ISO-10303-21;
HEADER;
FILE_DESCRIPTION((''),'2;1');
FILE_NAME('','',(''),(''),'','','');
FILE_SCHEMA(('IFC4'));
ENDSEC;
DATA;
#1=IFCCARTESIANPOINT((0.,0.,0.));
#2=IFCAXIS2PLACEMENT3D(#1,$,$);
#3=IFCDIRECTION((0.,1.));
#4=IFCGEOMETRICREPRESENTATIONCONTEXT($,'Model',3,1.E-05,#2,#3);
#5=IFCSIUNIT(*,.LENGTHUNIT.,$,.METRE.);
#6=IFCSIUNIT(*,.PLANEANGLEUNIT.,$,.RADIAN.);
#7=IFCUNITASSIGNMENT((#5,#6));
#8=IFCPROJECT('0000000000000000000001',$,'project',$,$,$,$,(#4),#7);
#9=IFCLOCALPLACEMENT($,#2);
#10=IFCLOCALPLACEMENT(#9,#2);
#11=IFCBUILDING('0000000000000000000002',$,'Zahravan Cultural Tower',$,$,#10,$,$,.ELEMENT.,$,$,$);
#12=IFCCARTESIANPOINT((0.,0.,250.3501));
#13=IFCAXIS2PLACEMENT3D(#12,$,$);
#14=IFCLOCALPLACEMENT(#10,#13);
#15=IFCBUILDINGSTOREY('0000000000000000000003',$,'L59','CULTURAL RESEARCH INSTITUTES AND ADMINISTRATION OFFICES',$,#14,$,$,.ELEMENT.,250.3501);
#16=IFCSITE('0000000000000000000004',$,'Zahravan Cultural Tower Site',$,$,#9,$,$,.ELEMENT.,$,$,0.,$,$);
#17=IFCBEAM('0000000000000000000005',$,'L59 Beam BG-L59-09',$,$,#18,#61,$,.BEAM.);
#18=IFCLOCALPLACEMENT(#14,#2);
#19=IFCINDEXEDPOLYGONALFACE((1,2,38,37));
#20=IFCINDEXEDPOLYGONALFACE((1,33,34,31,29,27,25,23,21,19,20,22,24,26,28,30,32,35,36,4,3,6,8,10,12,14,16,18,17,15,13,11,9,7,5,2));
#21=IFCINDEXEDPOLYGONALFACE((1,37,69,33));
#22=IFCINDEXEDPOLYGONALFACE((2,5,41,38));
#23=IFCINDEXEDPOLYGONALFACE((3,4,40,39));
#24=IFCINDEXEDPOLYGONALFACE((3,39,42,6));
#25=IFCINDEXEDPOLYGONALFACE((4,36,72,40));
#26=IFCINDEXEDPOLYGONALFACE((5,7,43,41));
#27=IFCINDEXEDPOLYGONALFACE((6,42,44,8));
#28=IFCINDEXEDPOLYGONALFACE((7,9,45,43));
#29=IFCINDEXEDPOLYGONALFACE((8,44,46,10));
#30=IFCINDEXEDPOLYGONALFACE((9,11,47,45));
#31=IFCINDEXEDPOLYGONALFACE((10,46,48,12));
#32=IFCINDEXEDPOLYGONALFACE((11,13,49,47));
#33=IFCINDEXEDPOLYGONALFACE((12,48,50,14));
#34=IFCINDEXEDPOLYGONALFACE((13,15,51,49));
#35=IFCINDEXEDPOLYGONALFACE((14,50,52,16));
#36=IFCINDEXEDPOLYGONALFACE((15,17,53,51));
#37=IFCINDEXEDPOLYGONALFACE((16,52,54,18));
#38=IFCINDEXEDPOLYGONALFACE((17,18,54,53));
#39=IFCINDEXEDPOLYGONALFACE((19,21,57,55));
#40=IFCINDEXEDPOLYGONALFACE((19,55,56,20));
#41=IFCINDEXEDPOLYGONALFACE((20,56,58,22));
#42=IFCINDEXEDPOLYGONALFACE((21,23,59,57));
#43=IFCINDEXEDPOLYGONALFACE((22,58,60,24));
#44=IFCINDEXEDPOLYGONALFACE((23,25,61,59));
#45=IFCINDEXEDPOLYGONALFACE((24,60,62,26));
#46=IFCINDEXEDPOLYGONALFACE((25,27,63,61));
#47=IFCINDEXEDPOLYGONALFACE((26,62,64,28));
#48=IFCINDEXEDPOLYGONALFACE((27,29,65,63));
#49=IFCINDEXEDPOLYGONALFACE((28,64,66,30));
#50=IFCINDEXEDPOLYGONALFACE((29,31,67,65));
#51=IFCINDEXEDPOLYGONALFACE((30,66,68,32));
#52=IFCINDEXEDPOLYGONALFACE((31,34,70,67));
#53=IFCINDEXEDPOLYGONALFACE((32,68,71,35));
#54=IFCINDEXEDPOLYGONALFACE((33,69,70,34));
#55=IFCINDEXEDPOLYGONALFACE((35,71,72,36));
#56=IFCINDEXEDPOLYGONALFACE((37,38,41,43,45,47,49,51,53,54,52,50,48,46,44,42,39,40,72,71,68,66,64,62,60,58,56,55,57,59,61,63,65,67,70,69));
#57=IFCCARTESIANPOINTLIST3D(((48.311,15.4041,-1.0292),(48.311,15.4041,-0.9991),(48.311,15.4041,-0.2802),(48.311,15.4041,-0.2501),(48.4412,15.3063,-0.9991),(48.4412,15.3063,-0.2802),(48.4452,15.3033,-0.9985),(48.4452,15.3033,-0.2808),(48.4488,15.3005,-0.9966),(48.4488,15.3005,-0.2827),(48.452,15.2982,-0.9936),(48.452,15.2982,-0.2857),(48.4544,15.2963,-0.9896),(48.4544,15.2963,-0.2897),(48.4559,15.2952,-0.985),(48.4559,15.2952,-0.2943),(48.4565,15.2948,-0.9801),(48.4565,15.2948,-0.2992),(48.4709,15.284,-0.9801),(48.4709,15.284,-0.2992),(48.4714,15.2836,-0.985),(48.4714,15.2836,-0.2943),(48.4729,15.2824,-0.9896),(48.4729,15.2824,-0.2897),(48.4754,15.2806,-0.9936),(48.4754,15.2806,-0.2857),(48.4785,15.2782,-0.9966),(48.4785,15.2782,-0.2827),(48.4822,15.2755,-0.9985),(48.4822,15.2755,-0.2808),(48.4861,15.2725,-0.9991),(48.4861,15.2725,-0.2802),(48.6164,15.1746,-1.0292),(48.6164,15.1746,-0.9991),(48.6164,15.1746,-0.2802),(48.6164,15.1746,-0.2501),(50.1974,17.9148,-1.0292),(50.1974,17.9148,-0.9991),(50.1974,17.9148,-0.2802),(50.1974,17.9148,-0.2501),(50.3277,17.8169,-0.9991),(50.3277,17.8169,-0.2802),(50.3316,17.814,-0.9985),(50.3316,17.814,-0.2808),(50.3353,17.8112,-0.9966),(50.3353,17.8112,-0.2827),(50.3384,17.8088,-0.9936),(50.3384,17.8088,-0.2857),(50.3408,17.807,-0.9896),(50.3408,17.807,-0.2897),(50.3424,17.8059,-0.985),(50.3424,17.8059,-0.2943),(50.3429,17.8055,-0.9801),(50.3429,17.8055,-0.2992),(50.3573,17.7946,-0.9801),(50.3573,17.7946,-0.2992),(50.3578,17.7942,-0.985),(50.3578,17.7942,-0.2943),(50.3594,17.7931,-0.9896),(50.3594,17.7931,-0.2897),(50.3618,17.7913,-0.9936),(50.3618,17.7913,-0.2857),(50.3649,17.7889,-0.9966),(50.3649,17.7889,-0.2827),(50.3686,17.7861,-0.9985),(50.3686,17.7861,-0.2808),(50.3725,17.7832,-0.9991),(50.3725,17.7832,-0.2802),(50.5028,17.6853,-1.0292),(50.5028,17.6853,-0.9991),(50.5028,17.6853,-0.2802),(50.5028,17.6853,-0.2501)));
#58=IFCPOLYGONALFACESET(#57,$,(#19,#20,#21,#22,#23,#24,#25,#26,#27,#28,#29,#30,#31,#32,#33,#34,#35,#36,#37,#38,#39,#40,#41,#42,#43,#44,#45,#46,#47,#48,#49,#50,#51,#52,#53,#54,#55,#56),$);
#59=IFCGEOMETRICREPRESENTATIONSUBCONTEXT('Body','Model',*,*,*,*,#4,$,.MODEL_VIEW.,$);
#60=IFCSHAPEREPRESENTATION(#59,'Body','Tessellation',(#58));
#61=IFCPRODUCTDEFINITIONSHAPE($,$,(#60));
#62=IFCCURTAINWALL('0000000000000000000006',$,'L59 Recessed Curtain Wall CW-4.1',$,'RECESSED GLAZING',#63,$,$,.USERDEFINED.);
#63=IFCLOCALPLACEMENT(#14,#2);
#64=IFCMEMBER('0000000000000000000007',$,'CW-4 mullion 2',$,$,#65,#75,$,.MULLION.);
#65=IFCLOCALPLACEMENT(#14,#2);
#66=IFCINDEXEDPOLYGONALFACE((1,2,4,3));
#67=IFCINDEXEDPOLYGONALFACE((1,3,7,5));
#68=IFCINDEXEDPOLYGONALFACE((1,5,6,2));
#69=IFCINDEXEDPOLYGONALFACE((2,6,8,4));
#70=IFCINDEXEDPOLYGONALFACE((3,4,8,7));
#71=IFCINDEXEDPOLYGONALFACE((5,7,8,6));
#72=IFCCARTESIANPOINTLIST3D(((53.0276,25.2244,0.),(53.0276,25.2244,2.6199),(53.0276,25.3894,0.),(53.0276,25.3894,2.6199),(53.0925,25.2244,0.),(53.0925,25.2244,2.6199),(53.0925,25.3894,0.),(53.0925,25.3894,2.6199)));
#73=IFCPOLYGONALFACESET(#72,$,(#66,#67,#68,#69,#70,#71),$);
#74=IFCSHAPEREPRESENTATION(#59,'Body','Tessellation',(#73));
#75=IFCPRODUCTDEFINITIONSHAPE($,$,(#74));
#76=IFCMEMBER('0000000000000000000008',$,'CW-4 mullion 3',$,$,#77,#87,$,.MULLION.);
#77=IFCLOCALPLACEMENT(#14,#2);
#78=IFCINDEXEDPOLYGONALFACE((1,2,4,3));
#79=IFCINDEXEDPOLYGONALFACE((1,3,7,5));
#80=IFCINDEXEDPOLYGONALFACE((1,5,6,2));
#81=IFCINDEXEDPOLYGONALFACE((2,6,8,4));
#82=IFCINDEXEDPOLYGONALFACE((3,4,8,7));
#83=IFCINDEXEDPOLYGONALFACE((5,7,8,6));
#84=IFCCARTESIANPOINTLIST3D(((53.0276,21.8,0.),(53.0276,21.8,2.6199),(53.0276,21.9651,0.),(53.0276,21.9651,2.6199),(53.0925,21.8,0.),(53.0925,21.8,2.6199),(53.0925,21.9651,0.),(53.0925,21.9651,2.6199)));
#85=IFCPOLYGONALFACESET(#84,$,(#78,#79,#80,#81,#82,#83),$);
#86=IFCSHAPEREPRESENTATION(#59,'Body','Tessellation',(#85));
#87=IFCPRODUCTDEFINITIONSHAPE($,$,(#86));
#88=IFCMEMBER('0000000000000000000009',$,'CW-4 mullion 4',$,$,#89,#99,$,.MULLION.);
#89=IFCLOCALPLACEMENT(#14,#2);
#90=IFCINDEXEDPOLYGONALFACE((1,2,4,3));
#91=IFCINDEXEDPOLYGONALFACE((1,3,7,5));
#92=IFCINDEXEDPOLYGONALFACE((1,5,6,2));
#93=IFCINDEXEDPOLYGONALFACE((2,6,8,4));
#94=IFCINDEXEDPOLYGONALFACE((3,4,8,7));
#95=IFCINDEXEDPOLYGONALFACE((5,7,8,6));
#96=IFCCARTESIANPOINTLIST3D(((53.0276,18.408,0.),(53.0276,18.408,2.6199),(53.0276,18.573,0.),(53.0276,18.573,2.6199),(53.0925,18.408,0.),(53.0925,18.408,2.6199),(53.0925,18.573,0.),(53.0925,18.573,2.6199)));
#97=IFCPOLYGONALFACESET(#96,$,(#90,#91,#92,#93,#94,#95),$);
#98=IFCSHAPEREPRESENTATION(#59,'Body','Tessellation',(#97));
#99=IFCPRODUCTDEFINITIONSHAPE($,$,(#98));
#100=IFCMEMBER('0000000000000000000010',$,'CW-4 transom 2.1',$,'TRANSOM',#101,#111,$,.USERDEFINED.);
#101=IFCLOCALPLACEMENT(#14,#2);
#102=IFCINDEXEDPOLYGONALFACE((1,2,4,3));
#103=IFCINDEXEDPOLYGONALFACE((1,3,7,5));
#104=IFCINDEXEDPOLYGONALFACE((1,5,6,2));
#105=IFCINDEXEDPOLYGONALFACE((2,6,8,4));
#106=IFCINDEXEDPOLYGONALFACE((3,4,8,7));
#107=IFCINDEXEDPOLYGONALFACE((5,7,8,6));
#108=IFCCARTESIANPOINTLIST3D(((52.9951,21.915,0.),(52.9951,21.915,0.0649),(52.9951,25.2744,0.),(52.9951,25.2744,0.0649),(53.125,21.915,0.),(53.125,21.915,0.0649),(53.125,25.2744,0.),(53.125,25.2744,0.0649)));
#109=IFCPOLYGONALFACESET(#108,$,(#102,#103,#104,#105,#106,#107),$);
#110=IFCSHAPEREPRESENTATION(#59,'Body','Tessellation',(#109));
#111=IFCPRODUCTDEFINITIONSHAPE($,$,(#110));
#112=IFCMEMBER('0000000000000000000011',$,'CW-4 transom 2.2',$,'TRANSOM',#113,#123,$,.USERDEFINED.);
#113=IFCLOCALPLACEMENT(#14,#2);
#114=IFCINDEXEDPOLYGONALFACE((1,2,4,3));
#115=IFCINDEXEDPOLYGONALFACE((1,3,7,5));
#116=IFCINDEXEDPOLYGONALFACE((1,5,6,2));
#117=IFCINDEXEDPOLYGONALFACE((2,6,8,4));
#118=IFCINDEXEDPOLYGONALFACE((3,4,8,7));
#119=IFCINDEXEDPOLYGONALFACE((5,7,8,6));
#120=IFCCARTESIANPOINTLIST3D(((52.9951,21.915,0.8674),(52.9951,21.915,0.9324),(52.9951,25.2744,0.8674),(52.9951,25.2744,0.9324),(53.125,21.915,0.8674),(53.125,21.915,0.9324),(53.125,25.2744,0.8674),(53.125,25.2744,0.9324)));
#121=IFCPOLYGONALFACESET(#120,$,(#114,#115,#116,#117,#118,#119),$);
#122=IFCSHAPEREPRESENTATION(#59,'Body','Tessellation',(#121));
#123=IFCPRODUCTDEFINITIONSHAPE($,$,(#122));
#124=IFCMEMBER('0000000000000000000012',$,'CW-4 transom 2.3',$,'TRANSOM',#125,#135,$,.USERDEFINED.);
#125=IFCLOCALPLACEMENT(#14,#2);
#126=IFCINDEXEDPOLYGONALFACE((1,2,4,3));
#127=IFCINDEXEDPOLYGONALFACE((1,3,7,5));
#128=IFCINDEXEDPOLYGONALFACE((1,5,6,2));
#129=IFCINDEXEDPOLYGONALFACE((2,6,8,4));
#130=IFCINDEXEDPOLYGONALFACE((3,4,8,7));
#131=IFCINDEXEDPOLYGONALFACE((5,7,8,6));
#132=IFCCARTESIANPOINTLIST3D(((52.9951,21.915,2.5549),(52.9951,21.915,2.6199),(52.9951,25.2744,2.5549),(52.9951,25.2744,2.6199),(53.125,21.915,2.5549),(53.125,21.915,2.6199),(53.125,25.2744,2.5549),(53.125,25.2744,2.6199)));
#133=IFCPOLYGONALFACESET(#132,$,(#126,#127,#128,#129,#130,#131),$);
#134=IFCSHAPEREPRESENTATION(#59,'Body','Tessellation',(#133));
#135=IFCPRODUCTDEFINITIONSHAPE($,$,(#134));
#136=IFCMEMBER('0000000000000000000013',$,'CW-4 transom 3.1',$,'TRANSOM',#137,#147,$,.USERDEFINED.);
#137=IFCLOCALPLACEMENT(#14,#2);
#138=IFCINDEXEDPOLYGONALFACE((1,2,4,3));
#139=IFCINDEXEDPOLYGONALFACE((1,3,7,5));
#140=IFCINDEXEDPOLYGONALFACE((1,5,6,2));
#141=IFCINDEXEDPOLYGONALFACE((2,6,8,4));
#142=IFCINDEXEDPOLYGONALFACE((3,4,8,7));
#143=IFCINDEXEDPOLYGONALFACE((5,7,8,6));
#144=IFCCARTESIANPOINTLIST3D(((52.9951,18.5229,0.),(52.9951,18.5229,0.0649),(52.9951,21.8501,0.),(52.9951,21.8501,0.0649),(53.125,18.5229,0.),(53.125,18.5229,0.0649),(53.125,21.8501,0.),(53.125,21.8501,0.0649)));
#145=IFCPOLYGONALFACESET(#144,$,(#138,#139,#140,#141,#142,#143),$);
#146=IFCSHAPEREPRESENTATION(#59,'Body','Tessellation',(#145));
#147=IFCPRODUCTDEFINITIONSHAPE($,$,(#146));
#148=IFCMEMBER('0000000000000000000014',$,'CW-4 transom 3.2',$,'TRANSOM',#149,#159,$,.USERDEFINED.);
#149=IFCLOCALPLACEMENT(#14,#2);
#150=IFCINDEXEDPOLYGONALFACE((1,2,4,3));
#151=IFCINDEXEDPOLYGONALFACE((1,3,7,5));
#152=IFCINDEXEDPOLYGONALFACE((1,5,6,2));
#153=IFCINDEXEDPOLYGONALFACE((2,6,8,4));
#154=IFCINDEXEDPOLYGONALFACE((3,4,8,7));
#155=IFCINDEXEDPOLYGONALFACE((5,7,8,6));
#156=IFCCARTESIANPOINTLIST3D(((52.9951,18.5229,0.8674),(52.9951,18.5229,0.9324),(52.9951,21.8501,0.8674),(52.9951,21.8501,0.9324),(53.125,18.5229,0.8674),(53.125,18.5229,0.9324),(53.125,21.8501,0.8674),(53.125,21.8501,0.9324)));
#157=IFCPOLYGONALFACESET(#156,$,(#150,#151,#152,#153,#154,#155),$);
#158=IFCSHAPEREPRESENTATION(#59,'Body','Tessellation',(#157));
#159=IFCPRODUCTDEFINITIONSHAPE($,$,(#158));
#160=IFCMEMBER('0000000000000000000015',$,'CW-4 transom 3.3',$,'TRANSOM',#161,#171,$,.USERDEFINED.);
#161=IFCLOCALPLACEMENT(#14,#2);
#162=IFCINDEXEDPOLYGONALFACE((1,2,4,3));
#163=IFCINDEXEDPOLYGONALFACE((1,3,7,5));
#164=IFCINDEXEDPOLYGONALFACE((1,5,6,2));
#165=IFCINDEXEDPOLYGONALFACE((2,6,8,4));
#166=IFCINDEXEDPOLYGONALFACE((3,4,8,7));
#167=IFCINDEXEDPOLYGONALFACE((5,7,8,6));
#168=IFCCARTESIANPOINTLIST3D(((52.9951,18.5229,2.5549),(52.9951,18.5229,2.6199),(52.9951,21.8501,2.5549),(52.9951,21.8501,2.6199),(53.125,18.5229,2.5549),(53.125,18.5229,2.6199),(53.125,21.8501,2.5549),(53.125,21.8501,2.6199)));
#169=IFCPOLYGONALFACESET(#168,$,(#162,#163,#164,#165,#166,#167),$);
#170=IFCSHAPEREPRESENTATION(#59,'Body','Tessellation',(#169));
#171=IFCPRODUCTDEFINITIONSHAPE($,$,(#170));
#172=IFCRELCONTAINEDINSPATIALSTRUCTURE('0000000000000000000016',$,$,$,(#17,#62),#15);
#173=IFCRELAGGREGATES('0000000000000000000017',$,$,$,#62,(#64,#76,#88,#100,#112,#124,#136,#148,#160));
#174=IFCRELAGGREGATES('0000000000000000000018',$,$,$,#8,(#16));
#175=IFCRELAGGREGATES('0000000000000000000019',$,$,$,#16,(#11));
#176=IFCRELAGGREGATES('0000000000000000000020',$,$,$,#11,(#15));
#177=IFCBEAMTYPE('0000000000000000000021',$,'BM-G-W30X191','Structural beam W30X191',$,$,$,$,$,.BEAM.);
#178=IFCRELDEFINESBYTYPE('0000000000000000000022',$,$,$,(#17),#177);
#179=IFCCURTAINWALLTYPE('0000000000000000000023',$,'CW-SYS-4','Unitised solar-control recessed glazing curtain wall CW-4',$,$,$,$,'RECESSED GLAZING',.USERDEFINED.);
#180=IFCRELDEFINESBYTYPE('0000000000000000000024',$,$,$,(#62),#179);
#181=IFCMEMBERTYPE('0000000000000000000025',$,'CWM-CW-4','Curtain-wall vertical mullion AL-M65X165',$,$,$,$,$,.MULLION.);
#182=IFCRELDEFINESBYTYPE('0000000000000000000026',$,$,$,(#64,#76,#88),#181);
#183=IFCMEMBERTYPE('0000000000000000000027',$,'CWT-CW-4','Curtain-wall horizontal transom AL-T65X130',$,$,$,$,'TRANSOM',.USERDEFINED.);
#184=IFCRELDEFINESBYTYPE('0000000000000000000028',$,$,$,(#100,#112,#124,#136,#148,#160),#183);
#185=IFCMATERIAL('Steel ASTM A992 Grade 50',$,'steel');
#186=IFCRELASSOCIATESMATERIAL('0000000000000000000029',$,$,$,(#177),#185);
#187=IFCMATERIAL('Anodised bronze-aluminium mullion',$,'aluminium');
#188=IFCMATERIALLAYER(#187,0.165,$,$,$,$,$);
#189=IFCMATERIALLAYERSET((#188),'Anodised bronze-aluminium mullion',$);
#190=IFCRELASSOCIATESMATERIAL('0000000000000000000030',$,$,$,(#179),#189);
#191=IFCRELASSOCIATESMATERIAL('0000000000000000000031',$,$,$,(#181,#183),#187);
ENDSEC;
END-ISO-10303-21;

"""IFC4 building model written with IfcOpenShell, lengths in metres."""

from ifc_helpers import new_model, si_unit, direction, frame, origin, origin_2d, place, context, subcontext, project, spatial, rectangle, i_section, extrude, source, transform, mapped, material, layer, layer_set, material_profile, profile_set, type_object, element, aggregate, save


model = new_model("IFC4")

# Units and contexts
model_context = context("Model", 3, precision=1e-05, world=origin(), true_north=direction((0.0, 1.0)))
body_context = subcontext(model_context, "Body", "Model", "MODEL_VIEW")
ifc_project = project(units=[si_unit("LENGTHUNIT", "METRE"), si_unit("PLANEANGLEUNIT", "RADIAN")], contexts=[model_context])

# Site, building, storey
site_placement = place(None, origin())
site = spatial("IfcSite", under=ifc_project, at=site_placement, Name="Zahravan Cultural Tower Site", CompositionType="ELEMENT", RefElevation=0.0)
building_placement = place(site_placement, origin())
building = spatial("IfcBuilding", under=site, at=building_placement, Name="Zahravan Cultural Tower", CompositionType="ELEMENT")
storey_placement = place(building_placement, frame((0.0, 0.0, 250.3501)))
storey = spatial("IfcBuildingStorey", under=building, at=storey_placement, Name="L59", Description="CULTURAL RESEARCH INSTITUTES AND ADMINISTRATION OFFICES", CompositionType="ELEMENT", Elevation=250.3501)

# Beam
ifc_material_1 = material(Name="Steel ASTM A992 Grade 50", Category="steel")
ifc_material_profile_1 = material_profile(ifc_material_1, i_section(OverallWidth=0.3821, OverallDepth=0.7791, WebThickness=0.0181, FlangeThickness=0.03, FilletRadius=0.019, at=origin_2d()), Name="W30X191")
ifc_profile_set_1 = profile_set([ifc_material_profile_1], Name="Steel ASTM A992 Grade 50")
beam_type = type_object("IfcBeamType", Name="BM-G-W30X191", Description="Structural beam W30X191", PredefinedType="BEAM", material=ifc_profile_set_1)
shared_shape_1 = source(origin(), body_context, "Body", "SweptSolid", [
    extrude(i_section(OverallWidth=0.3821, OverallDepth=0.7791, WebThickness=0.0181, FlangeThickness=0.03, FilletRadius=0.019, at=origin_2d()), origin(), (0.0, 0.0, 1.0), 3.1404),
])
beam_placement = place(storey_placement, frame((50.3501, 17.8, -0.6396), z_axis=(-0.600696, -0.799477, 0.0), x_axis=(0.799477, -0.600696, 0.0)))
element("IfcBeam", 1, at=beam_placement, inside=storey, type_object=beam_type, Name="L59 Beam BG-L59-09", PredefinedType="BEAM", context=body_context, shape_type="MappedRepresentation", body=[
    mapped(shared_shape_1, transform((0.0, 0.0, 0.0), x_axis=(1.0, 0.0, 0.0), y_axis=(0.0, 1.0, 0.0), z_axis=(0.0, 0.0, 1.0), scale=1.0)),
])

# Curtain wall, members
ifc_material_2 = material(Name="Anodised bronze-aluminium mullion", Category="aluminium")
ifc_layer_1 = layer(ifc_material_2, 0.165)
ifc_layer_set_1 = layer_set([ifc_layer_1], Name="Anodised bronze-aluminium mullion")
curtain_wall_type = type_object("IfcCurtainWallType", Name="CW-SYS-4", Description="Unitised solar-control recessed glazing curtain wall CW-4", ElementType="RECESSED GLAZING", PredefinedType="USERDEFINED", material=ifc_layer_set_1)
curtain_wall_placement = place(storey_placement, origin())
curtain_wall = element("IfcCurtainWall", 2, at=curtain_wall_placement, inside=storey, type_object=curtain_wall_type, Name="L59 Recessed Curtain Wall CW-4.1", ObjectType="RECESSED GLAZING", PredefinedType="USERDEFINED")
ifc_material_profile_2 = material_profile(ifc_material_2, rectangle(XDim=0.0649, YDim=0.165, at=origin_2d()), Name="AL-M65X165")
ifc_profile_set_2 = profile_set([ifc_material_profile_2], Name="Anodised bronze-aluminium mullion")
member_type_1 = type_object("IfcMemberType", Name="CWM-CW-4", Description="Curtain-wall vertical mullion AL-M65X165", PredefinedType="MULLION", material=ifc_profile_set_2)
shared_shape_2 = source(origin(), body_context, "Body", "SweptSolid", [
    extrude(rectangle(XDim=0.0649, YDim=0.165, at=origin_2d()), origin(), (0.0, 0.0, 1.0), 2.6199),
])
member_1_placement = place(storey_placement, frame((53.0601, 25.3069, 0.0), z_axis=(0.0, 0.0, 1.0), x_axis=(1.0, 0.0, 0.0)))
member_1 = element("IfcMember", 3, at=member_1_placement, type_object=member_type_1, Name="CW-4 mullion 2", PredefinedType="MULLION", context=body_context, shape_type="MappedRepresentation", body=[
    mapped(shared_shape_2, transform((0.0, 0.0, 0.0), x_axis=(1.0, 0.0, 0.0), y_axis=(0.0, 1.0, 0.0), z_axis=(0.0, 0.0, 1.0), scale=1.0)),
])
member_2_placement = place(storey_placement, frame((53.0601, 21.8826, 0.0), z_axis=(0.0, 0.0, 1.0), x_axis=(1.0, 0.0, 0.0)))
member_2 = element("IfcMember", 4, at=member_2_placement, type_object=member_type_1, Name="CW-4 mullion 3", PredefinedType="MULLION", context=body_context, shape_type="MappedRepresentation", body=[
    mapped(shared_shape_2, transform((0.0, 0.0, 0.0), x_axis=(1.0, 0.0, 0.0), y_axis=(0.0, 1.0, 0.0), z_axis=(0.0, 0.0, 1.0), scale=1.0)),
])
member_3_placement = place(storey_placement, frame((53.0601, 18.4905, 0.0), z_axis=(0.0, 0.0, 1.0), x_axis=(1.0, 0.0, 0.0)))
member_3 = element("IfcMember", 5, at=member_3_placement, type_object=member_type_1, Name="CW-4 mullion 4", PredefinedType="MULLION", context=body_context, shape_type="MappedRepresentation", body=[
    mapped(shared_shape_2, transform((0.0, 0.0, 0.0), x_axis=(1.0, 0.0, 0.0), y_axis=(0.0, 1.0, 0.0), z_axis=(0.0, 0.0, 1.0), scale=1.0)),
])
ifc_material_profile_3 = material_profile(ifc_material_2, rectangle(XDim=0.1299, YDim=0.0649, at=origin_2d()), Name="AL-T65X130")
ifc_profile_set_3 = profile_set([ifc_material_profile_3], Name="Anodised bronze-aluminium mullion")
member_type_2 = type_object("IfcMemberType", Name="CWT-CW-4", Description="Curtain-wall horizontal transom AL-T65X130", ElementType="TRANSOM", PredefinedType="USERDEFINED", material=ifc_profile_set_3)
shared_shape_3 = source(origin(), body_context, "Body", "SweptSolid", [
    extrude(rectangle(XDim=0.1299, YDim=0.0649, at=origin_2d()), origin(), (0.0, 0.0, 1.0), 3.3594),
])
member_4_placement = place(storey_placement, frame((53.0601, 25.2744, 0.0325), z_axis=(0.0, -1.0, 0.0), x_axis=(1.0, 0.0, 0.0)))
member_4 = element("IfcMember", 6, at=member_4_placement, type_object=member_type_2, Name="CW-4 transom 2.1", ObjectType="TRANSOM", PredefinedType="USERDEFINED", context=body_context, shape_type="MappedRepresentation", body=[
    mapped(shared_shape_3, transform((0.0, 0.0, 0.0), x_axis=(1.0, 0.0, 0.0), y_axis=(0.0, 1.0, 0.0), z_axis=(0.0, 0.0, 1.0), scale=1.0)),
])
member_5_placement = place(storey_placement, frame((53.0601, 25.2744, 0.8999), z_axis=(0.0, -1.0, 0.0), x_axis=(1.0, 0.0, 0.0)))
member_5 = element("IfcMember", 7, at=member_5_placement, type_object=member_type_2, Name="CW-4 transom 2.2", ObjectType="TRANSOM", PredefinedType="USERDEFINED", context=body_context, shape_type="MappedRepresentation", body=[
    mapped(shared_shape_3, transform((0.0, 0.0, 0.0), x_axis=(1.0, 0.0, 0.0), y_axis=(0.0, 1.0, 0.0), z_axis=(0.0, 0.0, 1.0), scale=1.0)),
])
member_6_placement = place(storey_placement, frame((53.0601, 25.2744, 2.5874), z_axis=(0.0, -1.0, 0.0), x_axis=(1.0, 0.0, 0.0)))
member_6 = element("IfcMember", 8, at=member_6_placement, type_object=member_type_2, Name="CW-4 transom 2.3", ObjectType="TRANSOM", PredefinedType="USERDEFINED", context=body_context, shape_type="MappedRepresentation", body=[
    mapped(shared_shape_3, transform((0.0, 0.0, 0.0), x_axis=(1.0, 0.0, 0.0), y_axis=(0.0, 1.0, 0.0), z_axis=(0.0, 0.0, 1.0), scale=1.0)),
])
shared_shape_4 = source(origin(), body_context, "Body", "SweptSolid", [
    extrude(rectangle(XDim=0.1299, YDim=0.0649, at=origin_2d()), origin(), (0.0, 0.0, 1.0), 3.3271),
])
member_7_placement = place(storey_placement, frame((53.0601, 21.8501, 0.0325), z_axis=(0.0, -1.0, 0.0), x_axis=(1.0, 0.0, 0.0)))
member_7 = element("IfcMember", 9, at=member_7_placement, type_object=member_type_2, Name="CW-4 transom 3.1", ObjectType="TRANSOM", PredefinedType="USERDEFINED", context=body_context, shape_type="MappedRepresentation", body=[
    mapped(shared_shape_4, transform((0.0, 0.0, 0.0), x_axis=(1.0, 0.0, 0.0), y_axis=(0.0, 1.0, 0.0), z_axis=(0.0, 0.0, 1.0), scale=1.0)),
])
member_8_placement = place(storey_placement, frame((53.0601, 21.8501, 0.8999), z_axis=(0.0, -1.0, 0.0), x_axis=(1.0, 0.0, 0.0)))
member_8 = element("IfcMember", 10, at=member_8_placement, type_object=member_type_2, Name="CW-4 transom 3.2", ObjectType="TRANSOM", PredefinedType="USERDEFINED", context=body_context, shape_type="MappedRepresentation", body=[
    mapped(shared_shape_4, transform((0.0, 0.0, 0.0), x_axis=(1.0, 0.0, 0.0), y_axis=(0.0, 1.0, 0.0), z_axis=(0.0, 0.0, 1.0), scale=1.0)),
])
member_9_placement = place(storey_placement, frame((53.0601, 21.8501, 2.5874), z_axis=(0.0, -1.0, 0.0), x_axis=(1.0, 0.0, 0.0)))
member_9 = element("IfcMember", 11, at=member_9_placement, type_object=member_type_2, Name="CW-4 transom 3.3", ObjectType="TRANSOM", PredefinedType="USERDEFINED", context=body_context, shape_type="MappedRepresentation", body=[
    mapped(shared_shape_4, transform((0.0, 0.0, 0.0), x_axis=(1.0, 0.0, 0.0), y_axis=(0.0, 1.0, 0.0), z_axis=(0.0, 0.0, 1.0), scale=1.0)),
])
aggregate(curtain_wall, [member_1, member_2, member_3, member_4, member_5, member_6, member_7, member_8, member_9])

save(model, "model.ifc")
